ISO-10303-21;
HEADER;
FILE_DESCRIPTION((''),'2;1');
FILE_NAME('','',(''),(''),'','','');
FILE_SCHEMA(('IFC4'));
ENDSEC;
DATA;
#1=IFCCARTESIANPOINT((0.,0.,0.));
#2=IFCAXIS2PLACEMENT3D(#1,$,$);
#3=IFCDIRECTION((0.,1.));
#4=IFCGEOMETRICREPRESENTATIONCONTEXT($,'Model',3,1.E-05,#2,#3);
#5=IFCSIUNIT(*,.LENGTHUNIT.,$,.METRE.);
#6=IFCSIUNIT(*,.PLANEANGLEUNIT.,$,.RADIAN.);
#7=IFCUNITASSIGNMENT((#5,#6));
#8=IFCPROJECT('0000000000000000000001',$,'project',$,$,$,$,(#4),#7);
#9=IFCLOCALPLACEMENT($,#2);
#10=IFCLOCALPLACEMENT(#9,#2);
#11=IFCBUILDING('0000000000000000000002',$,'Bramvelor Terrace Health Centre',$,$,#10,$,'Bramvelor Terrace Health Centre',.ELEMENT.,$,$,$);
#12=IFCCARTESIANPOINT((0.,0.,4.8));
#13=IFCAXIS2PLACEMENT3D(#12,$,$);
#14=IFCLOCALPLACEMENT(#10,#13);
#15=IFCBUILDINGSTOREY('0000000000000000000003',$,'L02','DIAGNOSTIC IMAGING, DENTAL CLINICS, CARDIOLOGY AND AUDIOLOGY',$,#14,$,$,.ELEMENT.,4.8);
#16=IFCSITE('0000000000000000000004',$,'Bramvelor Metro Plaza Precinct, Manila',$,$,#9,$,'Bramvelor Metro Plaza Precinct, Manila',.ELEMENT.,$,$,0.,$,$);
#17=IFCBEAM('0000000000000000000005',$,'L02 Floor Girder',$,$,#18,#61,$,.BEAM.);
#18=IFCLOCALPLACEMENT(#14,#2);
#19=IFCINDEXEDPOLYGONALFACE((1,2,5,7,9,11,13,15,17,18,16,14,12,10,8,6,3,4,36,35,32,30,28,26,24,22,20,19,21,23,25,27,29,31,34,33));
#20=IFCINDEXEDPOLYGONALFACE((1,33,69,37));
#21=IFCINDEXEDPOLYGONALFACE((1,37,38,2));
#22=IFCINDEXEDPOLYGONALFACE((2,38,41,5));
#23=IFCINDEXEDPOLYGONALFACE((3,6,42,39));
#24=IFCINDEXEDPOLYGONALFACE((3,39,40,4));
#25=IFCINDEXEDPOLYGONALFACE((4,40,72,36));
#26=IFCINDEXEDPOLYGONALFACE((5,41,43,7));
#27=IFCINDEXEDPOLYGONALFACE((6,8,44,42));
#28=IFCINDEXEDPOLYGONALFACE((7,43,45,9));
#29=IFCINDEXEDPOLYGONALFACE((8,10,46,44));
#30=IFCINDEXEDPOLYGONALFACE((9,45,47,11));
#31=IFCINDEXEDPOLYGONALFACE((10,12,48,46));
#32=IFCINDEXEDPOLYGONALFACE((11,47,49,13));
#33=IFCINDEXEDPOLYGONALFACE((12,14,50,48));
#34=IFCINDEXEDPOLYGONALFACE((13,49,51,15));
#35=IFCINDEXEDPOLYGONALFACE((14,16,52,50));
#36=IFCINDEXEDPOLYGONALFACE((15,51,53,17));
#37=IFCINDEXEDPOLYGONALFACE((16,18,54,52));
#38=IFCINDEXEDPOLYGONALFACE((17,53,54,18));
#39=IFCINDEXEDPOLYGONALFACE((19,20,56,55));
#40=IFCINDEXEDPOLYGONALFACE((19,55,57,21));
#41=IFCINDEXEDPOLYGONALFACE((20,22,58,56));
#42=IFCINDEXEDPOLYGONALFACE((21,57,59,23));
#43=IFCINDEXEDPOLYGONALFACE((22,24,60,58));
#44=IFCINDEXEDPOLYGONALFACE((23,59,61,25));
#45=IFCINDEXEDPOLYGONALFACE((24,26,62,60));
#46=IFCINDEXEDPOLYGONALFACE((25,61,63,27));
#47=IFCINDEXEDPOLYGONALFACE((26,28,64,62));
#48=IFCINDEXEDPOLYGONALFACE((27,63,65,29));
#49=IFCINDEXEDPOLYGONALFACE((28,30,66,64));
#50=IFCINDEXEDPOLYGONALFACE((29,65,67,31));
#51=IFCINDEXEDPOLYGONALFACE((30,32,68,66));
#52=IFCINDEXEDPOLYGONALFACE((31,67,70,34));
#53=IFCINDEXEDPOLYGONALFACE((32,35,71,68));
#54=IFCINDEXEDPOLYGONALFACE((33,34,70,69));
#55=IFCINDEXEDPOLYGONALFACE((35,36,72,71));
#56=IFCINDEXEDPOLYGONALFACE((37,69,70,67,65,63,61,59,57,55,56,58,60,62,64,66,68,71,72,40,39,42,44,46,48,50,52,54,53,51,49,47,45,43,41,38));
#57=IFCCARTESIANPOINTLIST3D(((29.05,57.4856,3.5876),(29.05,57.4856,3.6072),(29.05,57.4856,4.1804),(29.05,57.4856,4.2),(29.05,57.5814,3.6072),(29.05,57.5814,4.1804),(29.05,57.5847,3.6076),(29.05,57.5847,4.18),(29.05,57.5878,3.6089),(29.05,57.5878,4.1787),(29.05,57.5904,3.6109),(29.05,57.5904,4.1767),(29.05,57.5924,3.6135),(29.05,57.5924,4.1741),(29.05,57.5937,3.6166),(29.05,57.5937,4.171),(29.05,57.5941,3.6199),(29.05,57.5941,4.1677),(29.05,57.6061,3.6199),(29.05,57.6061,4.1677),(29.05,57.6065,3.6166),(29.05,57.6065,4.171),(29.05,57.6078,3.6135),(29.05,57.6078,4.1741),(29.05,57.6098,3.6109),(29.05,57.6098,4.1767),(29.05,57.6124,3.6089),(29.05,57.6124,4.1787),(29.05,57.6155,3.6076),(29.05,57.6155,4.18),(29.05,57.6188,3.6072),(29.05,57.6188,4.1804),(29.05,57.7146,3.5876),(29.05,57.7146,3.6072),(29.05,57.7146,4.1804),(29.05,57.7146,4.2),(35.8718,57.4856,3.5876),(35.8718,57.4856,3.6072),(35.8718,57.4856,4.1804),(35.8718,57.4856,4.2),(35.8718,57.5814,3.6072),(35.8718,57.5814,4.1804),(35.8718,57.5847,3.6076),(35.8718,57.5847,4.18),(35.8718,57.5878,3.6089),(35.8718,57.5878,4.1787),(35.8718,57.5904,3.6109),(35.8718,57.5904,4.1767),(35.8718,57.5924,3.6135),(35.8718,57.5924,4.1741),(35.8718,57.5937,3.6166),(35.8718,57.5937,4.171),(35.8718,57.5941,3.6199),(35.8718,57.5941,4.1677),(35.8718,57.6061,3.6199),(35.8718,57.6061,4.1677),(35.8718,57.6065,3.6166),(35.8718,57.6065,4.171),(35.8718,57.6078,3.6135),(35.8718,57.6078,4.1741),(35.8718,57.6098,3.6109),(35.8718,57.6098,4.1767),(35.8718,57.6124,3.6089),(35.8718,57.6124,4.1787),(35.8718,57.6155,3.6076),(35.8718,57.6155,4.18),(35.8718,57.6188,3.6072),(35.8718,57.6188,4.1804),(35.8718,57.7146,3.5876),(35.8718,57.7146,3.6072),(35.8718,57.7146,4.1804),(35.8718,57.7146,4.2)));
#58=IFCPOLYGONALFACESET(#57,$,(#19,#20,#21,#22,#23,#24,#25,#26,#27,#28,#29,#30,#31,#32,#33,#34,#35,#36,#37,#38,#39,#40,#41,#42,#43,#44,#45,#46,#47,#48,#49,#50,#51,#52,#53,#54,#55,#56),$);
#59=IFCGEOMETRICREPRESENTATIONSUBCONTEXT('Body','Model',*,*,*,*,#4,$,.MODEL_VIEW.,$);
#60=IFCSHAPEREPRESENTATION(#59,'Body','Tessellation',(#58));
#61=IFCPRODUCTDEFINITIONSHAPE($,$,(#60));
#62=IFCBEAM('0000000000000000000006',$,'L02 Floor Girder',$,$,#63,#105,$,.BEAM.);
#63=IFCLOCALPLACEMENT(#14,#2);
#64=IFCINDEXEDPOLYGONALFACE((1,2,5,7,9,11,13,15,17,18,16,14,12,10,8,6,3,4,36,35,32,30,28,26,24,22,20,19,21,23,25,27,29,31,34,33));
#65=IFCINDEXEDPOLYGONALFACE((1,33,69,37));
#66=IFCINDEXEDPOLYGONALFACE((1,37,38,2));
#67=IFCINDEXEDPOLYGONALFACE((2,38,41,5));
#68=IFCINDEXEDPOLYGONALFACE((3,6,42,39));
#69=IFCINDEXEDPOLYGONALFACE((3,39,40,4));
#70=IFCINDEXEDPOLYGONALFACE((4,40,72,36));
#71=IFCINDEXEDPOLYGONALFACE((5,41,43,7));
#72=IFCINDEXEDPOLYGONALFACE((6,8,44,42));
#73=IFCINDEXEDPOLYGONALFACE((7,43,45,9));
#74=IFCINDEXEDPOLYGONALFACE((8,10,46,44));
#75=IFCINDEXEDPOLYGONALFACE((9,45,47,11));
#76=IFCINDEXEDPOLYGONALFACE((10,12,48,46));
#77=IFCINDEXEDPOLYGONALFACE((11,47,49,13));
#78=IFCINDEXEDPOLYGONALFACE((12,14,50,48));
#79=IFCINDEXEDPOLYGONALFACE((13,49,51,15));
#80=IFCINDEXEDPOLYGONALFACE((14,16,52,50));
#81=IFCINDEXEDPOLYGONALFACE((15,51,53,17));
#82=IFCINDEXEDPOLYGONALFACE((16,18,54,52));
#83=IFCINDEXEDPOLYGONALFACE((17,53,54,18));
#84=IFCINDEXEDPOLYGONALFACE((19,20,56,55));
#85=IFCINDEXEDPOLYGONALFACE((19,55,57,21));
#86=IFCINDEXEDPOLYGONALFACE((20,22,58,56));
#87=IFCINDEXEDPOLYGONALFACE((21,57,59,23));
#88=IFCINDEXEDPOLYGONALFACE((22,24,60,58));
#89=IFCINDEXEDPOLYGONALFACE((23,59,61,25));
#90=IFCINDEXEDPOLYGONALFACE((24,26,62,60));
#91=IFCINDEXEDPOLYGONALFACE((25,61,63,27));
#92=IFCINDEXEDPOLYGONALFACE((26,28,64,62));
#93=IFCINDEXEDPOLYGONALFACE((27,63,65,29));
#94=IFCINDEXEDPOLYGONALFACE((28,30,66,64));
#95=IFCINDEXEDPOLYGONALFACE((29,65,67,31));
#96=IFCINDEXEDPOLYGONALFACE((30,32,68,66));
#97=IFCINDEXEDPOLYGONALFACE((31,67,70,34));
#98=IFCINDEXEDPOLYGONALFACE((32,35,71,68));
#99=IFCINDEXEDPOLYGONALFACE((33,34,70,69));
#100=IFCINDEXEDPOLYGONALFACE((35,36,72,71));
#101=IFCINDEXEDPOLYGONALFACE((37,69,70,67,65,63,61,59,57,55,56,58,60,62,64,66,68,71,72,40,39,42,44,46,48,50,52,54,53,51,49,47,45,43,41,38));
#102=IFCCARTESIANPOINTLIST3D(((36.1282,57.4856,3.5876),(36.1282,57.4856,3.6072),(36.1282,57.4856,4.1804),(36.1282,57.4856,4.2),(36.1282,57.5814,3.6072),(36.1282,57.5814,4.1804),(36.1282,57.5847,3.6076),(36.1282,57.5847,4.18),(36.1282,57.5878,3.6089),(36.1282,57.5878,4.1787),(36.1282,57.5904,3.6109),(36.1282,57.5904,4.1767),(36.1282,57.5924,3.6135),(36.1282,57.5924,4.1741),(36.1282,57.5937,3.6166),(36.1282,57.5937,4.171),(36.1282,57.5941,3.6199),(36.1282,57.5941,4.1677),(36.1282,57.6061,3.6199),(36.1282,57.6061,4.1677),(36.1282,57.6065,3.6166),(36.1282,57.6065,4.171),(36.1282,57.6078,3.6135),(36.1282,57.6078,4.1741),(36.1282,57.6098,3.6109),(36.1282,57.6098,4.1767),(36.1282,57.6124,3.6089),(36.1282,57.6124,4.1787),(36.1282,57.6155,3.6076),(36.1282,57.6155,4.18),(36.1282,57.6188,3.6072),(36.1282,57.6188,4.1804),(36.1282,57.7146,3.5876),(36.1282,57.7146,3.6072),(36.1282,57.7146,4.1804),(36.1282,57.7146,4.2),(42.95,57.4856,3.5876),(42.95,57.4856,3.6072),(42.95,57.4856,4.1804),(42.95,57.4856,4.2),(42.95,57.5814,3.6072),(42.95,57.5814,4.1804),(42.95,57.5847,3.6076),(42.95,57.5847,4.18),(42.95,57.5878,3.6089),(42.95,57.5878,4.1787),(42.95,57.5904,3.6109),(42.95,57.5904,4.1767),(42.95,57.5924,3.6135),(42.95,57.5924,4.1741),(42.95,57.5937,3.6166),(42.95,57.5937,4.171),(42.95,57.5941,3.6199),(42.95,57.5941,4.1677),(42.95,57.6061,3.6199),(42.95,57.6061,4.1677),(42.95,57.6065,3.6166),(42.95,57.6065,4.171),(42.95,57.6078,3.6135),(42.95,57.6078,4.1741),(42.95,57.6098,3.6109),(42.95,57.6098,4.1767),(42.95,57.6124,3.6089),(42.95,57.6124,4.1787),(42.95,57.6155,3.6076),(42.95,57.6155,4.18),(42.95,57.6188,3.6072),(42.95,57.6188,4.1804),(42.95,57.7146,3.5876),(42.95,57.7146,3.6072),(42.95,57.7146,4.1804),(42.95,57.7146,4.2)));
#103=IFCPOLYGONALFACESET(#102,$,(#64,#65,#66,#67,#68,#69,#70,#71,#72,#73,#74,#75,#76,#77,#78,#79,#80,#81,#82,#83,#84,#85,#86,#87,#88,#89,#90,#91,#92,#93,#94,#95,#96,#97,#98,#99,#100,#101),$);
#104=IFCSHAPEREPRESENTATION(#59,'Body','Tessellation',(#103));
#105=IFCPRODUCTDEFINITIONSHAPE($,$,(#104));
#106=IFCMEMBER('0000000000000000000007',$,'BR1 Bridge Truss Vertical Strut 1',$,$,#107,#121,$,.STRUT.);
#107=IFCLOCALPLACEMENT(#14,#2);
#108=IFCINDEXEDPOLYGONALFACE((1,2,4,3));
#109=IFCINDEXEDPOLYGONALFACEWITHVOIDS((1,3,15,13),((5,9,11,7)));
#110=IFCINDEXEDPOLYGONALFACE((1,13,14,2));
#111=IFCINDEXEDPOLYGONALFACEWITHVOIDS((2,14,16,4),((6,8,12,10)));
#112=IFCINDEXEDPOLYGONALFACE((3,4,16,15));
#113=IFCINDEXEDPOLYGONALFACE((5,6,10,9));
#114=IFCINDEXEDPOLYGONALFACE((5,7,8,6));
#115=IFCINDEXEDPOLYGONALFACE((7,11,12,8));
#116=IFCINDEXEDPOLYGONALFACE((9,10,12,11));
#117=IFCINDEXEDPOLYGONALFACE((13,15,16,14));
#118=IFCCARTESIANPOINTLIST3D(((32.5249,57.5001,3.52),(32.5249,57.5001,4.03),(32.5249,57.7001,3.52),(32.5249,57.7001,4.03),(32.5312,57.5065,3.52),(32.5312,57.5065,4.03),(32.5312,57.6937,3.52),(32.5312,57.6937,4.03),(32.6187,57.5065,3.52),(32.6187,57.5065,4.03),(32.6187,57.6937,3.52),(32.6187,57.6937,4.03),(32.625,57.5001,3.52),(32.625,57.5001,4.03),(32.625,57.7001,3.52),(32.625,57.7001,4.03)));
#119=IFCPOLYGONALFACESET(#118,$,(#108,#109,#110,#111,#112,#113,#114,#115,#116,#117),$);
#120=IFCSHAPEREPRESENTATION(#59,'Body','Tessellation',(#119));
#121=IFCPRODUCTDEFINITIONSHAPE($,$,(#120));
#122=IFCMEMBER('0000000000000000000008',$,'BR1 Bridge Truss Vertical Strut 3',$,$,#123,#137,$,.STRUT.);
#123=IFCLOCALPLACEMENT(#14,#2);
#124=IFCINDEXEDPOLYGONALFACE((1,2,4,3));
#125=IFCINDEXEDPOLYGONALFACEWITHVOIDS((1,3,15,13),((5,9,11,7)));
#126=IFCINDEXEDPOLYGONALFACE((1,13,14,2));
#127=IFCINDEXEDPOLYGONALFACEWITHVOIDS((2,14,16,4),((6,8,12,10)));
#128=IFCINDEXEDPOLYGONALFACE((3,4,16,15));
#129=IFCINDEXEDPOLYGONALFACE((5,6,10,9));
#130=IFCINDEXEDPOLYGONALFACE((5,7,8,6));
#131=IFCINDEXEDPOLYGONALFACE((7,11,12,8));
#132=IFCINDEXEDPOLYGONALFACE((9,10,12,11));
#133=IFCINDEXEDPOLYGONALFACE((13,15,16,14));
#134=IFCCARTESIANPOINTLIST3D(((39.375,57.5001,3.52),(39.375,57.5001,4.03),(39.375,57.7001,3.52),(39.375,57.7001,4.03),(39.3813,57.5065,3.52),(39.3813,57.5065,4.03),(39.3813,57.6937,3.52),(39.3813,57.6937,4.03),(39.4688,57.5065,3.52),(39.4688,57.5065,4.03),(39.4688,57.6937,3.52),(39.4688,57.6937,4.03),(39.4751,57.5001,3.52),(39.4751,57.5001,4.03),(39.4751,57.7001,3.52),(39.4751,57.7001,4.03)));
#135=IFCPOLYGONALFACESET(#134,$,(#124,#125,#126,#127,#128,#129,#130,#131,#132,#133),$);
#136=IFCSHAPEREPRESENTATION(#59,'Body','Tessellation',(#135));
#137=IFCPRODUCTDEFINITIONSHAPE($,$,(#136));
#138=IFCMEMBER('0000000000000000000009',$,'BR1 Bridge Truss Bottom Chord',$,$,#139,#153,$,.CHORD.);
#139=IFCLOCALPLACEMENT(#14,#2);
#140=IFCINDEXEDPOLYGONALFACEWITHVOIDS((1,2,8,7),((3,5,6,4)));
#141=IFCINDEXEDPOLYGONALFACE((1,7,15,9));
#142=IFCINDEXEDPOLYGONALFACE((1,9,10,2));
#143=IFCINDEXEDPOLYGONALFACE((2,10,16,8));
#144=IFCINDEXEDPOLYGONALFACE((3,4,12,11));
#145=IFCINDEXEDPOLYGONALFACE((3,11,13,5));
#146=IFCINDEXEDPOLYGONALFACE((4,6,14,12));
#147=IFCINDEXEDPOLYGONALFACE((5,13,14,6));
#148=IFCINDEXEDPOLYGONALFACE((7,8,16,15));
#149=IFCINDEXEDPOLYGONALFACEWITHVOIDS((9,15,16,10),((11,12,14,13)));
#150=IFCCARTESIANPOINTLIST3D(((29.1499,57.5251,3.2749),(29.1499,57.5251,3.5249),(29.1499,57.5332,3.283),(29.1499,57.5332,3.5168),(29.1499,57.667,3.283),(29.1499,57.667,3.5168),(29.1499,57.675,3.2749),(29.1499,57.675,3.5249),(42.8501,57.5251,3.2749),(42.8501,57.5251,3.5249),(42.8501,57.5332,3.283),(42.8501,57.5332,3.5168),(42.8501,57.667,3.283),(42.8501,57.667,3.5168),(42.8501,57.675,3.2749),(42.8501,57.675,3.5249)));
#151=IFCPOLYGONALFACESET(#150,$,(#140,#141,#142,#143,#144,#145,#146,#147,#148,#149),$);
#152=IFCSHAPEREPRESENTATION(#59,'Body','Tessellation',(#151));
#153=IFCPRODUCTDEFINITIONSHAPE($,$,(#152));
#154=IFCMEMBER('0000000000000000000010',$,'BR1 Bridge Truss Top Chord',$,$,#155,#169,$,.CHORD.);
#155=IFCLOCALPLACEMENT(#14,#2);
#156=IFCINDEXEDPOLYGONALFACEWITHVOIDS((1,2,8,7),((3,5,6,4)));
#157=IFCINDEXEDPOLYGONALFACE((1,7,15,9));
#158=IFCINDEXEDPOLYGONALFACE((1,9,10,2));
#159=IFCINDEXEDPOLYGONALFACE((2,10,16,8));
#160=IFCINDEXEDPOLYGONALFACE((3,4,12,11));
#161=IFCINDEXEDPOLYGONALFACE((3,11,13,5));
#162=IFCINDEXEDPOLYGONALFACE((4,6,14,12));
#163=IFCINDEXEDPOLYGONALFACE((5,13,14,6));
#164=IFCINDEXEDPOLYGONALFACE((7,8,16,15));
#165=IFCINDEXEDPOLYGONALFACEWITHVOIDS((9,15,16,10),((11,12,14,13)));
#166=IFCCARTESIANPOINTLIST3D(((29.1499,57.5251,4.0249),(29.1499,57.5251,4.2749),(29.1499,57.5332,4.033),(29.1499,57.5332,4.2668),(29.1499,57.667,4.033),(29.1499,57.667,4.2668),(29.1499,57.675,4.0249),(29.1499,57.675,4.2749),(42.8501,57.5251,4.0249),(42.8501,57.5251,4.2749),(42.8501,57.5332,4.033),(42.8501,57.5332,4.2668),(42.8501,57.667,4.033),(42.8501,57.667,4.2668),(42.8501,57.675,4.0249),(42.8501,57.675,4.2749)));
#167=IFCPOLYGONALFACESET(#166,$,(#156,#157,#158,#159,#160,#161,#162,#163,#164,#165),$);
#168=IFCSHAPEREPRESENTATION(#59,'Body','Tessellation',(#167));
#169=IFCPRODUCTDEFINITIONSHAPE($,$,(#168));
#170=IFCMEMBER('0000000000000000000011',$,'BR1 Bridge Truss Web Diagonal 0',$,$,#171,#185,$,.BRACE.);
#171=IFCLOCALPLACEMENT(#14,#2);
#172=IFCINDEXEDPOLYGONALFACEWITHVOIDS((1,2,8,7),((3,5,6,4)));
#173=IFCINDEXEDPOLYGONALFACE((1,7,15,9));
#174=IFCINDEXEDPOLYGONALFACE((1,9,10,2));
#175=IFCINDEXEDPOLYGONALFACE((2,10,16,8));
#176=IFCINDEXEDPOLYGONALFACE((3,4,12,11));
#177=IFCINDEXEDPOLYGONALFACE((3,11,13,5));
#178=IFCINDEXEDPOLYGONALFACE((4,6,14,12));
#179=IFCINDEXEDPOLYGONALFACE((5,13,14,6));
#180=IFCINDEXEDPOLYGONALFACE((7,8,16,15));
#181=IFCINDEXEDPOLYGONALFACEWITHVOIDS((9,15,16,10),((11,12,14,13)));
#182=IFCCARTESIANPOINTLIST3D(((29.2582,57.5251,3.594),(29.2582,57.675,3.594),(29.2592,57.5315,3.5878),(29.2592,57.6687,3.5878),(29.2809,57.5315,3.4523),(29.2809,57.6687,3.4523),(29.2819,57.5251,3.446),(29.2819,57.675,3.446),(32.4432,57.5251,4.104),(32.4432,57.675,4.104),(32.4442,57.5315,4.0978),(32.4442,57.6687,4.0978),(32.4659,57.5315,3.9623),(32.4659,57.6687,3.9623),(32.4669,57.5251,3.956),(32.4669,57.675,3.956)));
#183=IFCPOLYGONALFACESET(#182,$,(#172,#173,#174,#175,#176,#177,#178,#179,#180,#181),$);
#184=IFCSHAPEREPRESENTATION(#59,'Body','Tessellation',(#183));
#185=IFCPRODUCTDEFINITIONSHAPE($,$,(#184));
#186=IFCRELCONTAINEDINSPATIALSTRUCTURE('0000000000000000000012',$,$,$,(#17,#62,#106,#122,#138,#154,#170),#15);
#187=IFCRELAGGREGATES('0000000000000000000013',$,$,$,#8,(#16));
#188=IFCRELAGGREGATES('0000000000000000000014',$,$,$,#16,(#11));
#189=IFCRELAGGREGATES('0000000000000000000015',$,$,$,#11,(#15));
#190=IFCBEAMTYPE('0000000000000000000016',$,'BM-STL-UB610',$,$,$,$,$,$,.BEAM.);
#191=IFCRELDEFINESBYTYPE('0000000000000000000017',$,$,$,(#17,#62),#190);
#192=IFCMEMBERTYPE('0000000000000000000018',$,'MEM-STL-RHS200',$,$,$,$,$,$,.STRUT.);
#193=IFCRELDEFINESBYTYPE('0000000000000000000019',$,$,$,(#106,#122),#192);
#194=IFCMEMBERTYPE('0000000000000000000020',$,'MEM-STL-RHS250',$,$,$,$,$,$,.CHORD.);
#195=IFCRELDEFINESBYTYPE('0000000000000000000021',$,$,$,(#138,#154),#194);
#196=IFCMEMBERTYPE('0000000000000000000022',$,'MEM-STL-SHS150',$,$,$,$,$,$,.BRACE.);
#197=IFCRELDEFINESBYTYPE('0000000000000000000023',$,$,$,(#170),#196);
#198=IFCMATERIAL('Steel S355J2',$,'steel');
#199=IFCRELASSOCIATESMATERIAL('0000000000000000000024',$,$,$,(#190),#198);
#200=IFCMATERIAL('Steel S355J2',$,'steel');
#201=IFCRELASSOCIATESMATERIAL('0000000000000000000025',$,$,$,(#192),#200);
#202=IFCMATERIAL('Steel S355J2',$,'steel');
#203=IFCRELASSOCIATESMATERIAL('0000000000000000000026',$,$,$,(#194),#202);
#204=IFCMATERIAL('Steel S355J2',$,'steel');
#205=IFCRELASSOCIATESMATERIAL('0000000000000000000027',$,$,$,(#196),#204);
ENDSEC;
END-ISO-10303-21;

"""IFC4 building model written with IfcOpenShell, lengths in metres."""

from ifc_helpers import new_model, si_unit, direction, frame, origin, origin_2d, place, context, subcontext, project, spatial, hollow_rectangle, i_section, extrude, material, material_profile, profile_set, type_object, element, save


model = new_model("IFC4")

# Units and contexts
model_context = context("Model", 3, precision=1e-05, world=origin(), true_north=direction((0.0, 1.0)))
body_context = subcontext(model_context, "Body", "Model", "MODEL_VIEW")
ifc_project = project(units=[si_unit("LENGTHUNIT", "METRE"), si_unit("PLANEANGLEUNIT", "RADIAN")], contexts=[model_context])

# Site, building, storey
site_placement = place(None, origin())
site = spatial("IfcSite", under=ifc_project, at=site_placement, Name="Bramvelor Metro Plaza Precinct, Manila", LongName="Bramvelor Metro Plaza Precinct, Manila", CompositionType="ELEMENT", RefElevation=0.0)
building_placement = place(site_placement, origin())
building = spatial("IfcBuilding", under=site, at=building_placement, Name="Bramvelor Terrace Health Centre", LongName="Bramvelor Terrace Health Centre", CompositionType="ELEMENT")
storey_placement = place(building_placement, frame((0.0, 0.0, 4.8)))
storey = spatial("IfcBuildingStorey", under=building, at=storey_placement, Name="L02", Description="DIAGNOSTIC IMAGING, DENTAL CLINICS, CARDIOLOGY AND AUDIOLOGY", CompositionType="ELEMENT", Elevation=4.8)

# Beams
ifc_material_1 = material(Name="Steel S355J2", Category="steel")
ifc_material_profile_1 = material_profile(ifc_material_1, i_section(OverallWidth=0.229, OverallDepth=0.6123, WebThickness=0.012, FlangeThickness=0.0195, FilletRadius=0.0127, at=origin_2d()), Name="UB 610x229x125")
ifc_profile_set_1 = profile_set([ifc_material_profile_1], Name="Steel S355J2")
beam_type_1 = type_object("IfcBeamType", Name="BM-STL-UB610", PredefinedType="BEAM", material=ifc_profile_set_1)
for number, where, z_axis, x_axis, name in (
    (1, (29.05, 57.6001, 3.8938), (1.0, 0.0, 0.0), (0.0, 1.0, 0.0), "L02 Floor Girder"),
    (2, (36.1282, 57.6001, 3.8938), (1.0, 0.0, 0.0), (0.0, 1.0, 0.0), "L02 Floor Girder"),
):
    element("IfcBeam", number, at=place(storey_placement, frame(where, z_axis=z_axis, x_axis=x_axis)), inside=storey, type_object=beam_type_1, Name=name, PredefinedType="BEAM", context=body_context, shape_type="SweptSolid", body=[
        extrude(i_section(OverallWidth=0.229, OverallDepth=0.6123, WebThickness=0.012, FlangeThickness=0.0195, FilletRadius=0.0127, at=origin_2d()), origin(), (0.0, 0.0, 1.0), 6.8218),
    ])

# Members
ifc_material_2 = material(Name="Steel S355J2", Category="steel")
ifc_material_profile_2 = material_profile(ifc_material_2, hollow_rectangle(XDim=0.1001, YDim=0.2, WallThickness=0.0063, at=origin_2d()), Name="RHS 200x100x6.3")
ifc_profile_set_2 = profile_set([ifc_material_profile_2], Name="Steel S355J2")
member_type_1 = type_object("IfcMemberType", Name="MEM-STL-RHS200", PredefinedType="STRUT", material=ifc_profile_set_2)
for number, where, z_axis, x_axis, name in (
    (3, (32.575, 57.6001, 3.52), (0.0, 0.0, 1.0), (1.0, 0.0, 0.0), "BR1 Bridge Truss Vertical Strut 1"),
    (4, (39.425, 57.6001, 3.52), (0.0, 0.0, 1.0), (1.0, 0.0, 0.0), "BR1 Bridge Truss Vertical Strut 3"),
):
    element("IfcMember", number, at=place(storey_placement, frame(where, z_axis=z_axis, x_axis=x_axis)), inside=storey, type_object=member_type_1, Name=name, PredefinedType="STRUT", context=body_context, shape_type="SweptSolid", body=[
        extrude(hollow_rectangle(XDim=0.1001, YDim=0.2, WallThickness=0.0063, at=origin_2d()), origin(), (0.0, 0.0, 1.0), 0.51),
    ])
ifc_material_3 = material(Name="Steel S355J2", Category="steel")
ifc_material_profile_3 = material_profile(ifc_material_3, hollow_rectangle(XDim=0.1499, YDim=0.25, WallThickness=0.0081, at=origin_2d()), Name="RHS 250x150x8.0")
ifc_profile_set_3 = profile_set([ifc_material_profile_3], Name="Steel S355J2")
member_type_2 = type_object("IfcMemberType", Name="MEM-STL-RHS250", PredefinedType="CHORD", material=ifc_profile_set_3)
for number, where, z_axis, x_axis, name in (
    (5, (29.1499, 57.6001, 3.3999), (1.0, 0.0, 0.0), (0.0, 1.0, 0.0), "BR1 Bridge Truss Bottom Chord"),
    (6, (29.1499, 57.6001, 4.1499), (1.0, 0.0, 0.0), (0.0, 1.0, 0.0), "BR1 Bridge Truss Top Chord"),
):
    element("IfcMember", number, at=place(storey_placement, frame(where, z_axis=z_axis, x_axis=x_axis)), inside=storey, type_object=member_type_2, Name=name, PredefinedType="CHORD", context=body_context, shape_type="SweptSolid", body=[
        extrude(hollow_rectangle(XDim=0.1499, YDim=0.25, WallThickness=0.0081, at=origin_2d()), origin(), (0.0, 0.0, 1.0), 13.7002),
    ])
ifc_material_4 = material(Name="Steel S355J2", Category="steel")
ifc_material_profile_4 = material_profile(ifc_material_4, hollow_rectangle(XDim=0.1499, YDim=0.1499, WallThickness=0.0063, at=origin_2d()), Name="SHS 150x150x6.3")
ifc_profile_set_4 = profile_set([ifc_material_profile_4], Name="Steel S355J2")
member_type_3 = type_object("IfcMemberType", Name="MEM-STL-SHS150", PredefinedType="BRACE", material=ifc_profile_set_4)
member_1_placement = place(storey_placement, frame((29.27, 57.6001, 3.52), z_axis=(0.987421, 0.0, 0.158112), x_axis=(0.0, 1.0, 0.0)))
element("IfcMember", 7, at=member_1_placement, inside=storey, type_object=member_type_3, Name="BR1 Bridge Truss Web Diagonal 0", PredefinedType="BRACE", context=body_context, shape_type="SweptSolid", body=[
    extrude(hollow_rectangle(XDim=0.1499, YDim=0.1499, WallThickness=0.0063, at=origin_2d()), origin(), (0.0, 0.0, 1.0), 3.2256),
])

save(model, "model.ifc")
